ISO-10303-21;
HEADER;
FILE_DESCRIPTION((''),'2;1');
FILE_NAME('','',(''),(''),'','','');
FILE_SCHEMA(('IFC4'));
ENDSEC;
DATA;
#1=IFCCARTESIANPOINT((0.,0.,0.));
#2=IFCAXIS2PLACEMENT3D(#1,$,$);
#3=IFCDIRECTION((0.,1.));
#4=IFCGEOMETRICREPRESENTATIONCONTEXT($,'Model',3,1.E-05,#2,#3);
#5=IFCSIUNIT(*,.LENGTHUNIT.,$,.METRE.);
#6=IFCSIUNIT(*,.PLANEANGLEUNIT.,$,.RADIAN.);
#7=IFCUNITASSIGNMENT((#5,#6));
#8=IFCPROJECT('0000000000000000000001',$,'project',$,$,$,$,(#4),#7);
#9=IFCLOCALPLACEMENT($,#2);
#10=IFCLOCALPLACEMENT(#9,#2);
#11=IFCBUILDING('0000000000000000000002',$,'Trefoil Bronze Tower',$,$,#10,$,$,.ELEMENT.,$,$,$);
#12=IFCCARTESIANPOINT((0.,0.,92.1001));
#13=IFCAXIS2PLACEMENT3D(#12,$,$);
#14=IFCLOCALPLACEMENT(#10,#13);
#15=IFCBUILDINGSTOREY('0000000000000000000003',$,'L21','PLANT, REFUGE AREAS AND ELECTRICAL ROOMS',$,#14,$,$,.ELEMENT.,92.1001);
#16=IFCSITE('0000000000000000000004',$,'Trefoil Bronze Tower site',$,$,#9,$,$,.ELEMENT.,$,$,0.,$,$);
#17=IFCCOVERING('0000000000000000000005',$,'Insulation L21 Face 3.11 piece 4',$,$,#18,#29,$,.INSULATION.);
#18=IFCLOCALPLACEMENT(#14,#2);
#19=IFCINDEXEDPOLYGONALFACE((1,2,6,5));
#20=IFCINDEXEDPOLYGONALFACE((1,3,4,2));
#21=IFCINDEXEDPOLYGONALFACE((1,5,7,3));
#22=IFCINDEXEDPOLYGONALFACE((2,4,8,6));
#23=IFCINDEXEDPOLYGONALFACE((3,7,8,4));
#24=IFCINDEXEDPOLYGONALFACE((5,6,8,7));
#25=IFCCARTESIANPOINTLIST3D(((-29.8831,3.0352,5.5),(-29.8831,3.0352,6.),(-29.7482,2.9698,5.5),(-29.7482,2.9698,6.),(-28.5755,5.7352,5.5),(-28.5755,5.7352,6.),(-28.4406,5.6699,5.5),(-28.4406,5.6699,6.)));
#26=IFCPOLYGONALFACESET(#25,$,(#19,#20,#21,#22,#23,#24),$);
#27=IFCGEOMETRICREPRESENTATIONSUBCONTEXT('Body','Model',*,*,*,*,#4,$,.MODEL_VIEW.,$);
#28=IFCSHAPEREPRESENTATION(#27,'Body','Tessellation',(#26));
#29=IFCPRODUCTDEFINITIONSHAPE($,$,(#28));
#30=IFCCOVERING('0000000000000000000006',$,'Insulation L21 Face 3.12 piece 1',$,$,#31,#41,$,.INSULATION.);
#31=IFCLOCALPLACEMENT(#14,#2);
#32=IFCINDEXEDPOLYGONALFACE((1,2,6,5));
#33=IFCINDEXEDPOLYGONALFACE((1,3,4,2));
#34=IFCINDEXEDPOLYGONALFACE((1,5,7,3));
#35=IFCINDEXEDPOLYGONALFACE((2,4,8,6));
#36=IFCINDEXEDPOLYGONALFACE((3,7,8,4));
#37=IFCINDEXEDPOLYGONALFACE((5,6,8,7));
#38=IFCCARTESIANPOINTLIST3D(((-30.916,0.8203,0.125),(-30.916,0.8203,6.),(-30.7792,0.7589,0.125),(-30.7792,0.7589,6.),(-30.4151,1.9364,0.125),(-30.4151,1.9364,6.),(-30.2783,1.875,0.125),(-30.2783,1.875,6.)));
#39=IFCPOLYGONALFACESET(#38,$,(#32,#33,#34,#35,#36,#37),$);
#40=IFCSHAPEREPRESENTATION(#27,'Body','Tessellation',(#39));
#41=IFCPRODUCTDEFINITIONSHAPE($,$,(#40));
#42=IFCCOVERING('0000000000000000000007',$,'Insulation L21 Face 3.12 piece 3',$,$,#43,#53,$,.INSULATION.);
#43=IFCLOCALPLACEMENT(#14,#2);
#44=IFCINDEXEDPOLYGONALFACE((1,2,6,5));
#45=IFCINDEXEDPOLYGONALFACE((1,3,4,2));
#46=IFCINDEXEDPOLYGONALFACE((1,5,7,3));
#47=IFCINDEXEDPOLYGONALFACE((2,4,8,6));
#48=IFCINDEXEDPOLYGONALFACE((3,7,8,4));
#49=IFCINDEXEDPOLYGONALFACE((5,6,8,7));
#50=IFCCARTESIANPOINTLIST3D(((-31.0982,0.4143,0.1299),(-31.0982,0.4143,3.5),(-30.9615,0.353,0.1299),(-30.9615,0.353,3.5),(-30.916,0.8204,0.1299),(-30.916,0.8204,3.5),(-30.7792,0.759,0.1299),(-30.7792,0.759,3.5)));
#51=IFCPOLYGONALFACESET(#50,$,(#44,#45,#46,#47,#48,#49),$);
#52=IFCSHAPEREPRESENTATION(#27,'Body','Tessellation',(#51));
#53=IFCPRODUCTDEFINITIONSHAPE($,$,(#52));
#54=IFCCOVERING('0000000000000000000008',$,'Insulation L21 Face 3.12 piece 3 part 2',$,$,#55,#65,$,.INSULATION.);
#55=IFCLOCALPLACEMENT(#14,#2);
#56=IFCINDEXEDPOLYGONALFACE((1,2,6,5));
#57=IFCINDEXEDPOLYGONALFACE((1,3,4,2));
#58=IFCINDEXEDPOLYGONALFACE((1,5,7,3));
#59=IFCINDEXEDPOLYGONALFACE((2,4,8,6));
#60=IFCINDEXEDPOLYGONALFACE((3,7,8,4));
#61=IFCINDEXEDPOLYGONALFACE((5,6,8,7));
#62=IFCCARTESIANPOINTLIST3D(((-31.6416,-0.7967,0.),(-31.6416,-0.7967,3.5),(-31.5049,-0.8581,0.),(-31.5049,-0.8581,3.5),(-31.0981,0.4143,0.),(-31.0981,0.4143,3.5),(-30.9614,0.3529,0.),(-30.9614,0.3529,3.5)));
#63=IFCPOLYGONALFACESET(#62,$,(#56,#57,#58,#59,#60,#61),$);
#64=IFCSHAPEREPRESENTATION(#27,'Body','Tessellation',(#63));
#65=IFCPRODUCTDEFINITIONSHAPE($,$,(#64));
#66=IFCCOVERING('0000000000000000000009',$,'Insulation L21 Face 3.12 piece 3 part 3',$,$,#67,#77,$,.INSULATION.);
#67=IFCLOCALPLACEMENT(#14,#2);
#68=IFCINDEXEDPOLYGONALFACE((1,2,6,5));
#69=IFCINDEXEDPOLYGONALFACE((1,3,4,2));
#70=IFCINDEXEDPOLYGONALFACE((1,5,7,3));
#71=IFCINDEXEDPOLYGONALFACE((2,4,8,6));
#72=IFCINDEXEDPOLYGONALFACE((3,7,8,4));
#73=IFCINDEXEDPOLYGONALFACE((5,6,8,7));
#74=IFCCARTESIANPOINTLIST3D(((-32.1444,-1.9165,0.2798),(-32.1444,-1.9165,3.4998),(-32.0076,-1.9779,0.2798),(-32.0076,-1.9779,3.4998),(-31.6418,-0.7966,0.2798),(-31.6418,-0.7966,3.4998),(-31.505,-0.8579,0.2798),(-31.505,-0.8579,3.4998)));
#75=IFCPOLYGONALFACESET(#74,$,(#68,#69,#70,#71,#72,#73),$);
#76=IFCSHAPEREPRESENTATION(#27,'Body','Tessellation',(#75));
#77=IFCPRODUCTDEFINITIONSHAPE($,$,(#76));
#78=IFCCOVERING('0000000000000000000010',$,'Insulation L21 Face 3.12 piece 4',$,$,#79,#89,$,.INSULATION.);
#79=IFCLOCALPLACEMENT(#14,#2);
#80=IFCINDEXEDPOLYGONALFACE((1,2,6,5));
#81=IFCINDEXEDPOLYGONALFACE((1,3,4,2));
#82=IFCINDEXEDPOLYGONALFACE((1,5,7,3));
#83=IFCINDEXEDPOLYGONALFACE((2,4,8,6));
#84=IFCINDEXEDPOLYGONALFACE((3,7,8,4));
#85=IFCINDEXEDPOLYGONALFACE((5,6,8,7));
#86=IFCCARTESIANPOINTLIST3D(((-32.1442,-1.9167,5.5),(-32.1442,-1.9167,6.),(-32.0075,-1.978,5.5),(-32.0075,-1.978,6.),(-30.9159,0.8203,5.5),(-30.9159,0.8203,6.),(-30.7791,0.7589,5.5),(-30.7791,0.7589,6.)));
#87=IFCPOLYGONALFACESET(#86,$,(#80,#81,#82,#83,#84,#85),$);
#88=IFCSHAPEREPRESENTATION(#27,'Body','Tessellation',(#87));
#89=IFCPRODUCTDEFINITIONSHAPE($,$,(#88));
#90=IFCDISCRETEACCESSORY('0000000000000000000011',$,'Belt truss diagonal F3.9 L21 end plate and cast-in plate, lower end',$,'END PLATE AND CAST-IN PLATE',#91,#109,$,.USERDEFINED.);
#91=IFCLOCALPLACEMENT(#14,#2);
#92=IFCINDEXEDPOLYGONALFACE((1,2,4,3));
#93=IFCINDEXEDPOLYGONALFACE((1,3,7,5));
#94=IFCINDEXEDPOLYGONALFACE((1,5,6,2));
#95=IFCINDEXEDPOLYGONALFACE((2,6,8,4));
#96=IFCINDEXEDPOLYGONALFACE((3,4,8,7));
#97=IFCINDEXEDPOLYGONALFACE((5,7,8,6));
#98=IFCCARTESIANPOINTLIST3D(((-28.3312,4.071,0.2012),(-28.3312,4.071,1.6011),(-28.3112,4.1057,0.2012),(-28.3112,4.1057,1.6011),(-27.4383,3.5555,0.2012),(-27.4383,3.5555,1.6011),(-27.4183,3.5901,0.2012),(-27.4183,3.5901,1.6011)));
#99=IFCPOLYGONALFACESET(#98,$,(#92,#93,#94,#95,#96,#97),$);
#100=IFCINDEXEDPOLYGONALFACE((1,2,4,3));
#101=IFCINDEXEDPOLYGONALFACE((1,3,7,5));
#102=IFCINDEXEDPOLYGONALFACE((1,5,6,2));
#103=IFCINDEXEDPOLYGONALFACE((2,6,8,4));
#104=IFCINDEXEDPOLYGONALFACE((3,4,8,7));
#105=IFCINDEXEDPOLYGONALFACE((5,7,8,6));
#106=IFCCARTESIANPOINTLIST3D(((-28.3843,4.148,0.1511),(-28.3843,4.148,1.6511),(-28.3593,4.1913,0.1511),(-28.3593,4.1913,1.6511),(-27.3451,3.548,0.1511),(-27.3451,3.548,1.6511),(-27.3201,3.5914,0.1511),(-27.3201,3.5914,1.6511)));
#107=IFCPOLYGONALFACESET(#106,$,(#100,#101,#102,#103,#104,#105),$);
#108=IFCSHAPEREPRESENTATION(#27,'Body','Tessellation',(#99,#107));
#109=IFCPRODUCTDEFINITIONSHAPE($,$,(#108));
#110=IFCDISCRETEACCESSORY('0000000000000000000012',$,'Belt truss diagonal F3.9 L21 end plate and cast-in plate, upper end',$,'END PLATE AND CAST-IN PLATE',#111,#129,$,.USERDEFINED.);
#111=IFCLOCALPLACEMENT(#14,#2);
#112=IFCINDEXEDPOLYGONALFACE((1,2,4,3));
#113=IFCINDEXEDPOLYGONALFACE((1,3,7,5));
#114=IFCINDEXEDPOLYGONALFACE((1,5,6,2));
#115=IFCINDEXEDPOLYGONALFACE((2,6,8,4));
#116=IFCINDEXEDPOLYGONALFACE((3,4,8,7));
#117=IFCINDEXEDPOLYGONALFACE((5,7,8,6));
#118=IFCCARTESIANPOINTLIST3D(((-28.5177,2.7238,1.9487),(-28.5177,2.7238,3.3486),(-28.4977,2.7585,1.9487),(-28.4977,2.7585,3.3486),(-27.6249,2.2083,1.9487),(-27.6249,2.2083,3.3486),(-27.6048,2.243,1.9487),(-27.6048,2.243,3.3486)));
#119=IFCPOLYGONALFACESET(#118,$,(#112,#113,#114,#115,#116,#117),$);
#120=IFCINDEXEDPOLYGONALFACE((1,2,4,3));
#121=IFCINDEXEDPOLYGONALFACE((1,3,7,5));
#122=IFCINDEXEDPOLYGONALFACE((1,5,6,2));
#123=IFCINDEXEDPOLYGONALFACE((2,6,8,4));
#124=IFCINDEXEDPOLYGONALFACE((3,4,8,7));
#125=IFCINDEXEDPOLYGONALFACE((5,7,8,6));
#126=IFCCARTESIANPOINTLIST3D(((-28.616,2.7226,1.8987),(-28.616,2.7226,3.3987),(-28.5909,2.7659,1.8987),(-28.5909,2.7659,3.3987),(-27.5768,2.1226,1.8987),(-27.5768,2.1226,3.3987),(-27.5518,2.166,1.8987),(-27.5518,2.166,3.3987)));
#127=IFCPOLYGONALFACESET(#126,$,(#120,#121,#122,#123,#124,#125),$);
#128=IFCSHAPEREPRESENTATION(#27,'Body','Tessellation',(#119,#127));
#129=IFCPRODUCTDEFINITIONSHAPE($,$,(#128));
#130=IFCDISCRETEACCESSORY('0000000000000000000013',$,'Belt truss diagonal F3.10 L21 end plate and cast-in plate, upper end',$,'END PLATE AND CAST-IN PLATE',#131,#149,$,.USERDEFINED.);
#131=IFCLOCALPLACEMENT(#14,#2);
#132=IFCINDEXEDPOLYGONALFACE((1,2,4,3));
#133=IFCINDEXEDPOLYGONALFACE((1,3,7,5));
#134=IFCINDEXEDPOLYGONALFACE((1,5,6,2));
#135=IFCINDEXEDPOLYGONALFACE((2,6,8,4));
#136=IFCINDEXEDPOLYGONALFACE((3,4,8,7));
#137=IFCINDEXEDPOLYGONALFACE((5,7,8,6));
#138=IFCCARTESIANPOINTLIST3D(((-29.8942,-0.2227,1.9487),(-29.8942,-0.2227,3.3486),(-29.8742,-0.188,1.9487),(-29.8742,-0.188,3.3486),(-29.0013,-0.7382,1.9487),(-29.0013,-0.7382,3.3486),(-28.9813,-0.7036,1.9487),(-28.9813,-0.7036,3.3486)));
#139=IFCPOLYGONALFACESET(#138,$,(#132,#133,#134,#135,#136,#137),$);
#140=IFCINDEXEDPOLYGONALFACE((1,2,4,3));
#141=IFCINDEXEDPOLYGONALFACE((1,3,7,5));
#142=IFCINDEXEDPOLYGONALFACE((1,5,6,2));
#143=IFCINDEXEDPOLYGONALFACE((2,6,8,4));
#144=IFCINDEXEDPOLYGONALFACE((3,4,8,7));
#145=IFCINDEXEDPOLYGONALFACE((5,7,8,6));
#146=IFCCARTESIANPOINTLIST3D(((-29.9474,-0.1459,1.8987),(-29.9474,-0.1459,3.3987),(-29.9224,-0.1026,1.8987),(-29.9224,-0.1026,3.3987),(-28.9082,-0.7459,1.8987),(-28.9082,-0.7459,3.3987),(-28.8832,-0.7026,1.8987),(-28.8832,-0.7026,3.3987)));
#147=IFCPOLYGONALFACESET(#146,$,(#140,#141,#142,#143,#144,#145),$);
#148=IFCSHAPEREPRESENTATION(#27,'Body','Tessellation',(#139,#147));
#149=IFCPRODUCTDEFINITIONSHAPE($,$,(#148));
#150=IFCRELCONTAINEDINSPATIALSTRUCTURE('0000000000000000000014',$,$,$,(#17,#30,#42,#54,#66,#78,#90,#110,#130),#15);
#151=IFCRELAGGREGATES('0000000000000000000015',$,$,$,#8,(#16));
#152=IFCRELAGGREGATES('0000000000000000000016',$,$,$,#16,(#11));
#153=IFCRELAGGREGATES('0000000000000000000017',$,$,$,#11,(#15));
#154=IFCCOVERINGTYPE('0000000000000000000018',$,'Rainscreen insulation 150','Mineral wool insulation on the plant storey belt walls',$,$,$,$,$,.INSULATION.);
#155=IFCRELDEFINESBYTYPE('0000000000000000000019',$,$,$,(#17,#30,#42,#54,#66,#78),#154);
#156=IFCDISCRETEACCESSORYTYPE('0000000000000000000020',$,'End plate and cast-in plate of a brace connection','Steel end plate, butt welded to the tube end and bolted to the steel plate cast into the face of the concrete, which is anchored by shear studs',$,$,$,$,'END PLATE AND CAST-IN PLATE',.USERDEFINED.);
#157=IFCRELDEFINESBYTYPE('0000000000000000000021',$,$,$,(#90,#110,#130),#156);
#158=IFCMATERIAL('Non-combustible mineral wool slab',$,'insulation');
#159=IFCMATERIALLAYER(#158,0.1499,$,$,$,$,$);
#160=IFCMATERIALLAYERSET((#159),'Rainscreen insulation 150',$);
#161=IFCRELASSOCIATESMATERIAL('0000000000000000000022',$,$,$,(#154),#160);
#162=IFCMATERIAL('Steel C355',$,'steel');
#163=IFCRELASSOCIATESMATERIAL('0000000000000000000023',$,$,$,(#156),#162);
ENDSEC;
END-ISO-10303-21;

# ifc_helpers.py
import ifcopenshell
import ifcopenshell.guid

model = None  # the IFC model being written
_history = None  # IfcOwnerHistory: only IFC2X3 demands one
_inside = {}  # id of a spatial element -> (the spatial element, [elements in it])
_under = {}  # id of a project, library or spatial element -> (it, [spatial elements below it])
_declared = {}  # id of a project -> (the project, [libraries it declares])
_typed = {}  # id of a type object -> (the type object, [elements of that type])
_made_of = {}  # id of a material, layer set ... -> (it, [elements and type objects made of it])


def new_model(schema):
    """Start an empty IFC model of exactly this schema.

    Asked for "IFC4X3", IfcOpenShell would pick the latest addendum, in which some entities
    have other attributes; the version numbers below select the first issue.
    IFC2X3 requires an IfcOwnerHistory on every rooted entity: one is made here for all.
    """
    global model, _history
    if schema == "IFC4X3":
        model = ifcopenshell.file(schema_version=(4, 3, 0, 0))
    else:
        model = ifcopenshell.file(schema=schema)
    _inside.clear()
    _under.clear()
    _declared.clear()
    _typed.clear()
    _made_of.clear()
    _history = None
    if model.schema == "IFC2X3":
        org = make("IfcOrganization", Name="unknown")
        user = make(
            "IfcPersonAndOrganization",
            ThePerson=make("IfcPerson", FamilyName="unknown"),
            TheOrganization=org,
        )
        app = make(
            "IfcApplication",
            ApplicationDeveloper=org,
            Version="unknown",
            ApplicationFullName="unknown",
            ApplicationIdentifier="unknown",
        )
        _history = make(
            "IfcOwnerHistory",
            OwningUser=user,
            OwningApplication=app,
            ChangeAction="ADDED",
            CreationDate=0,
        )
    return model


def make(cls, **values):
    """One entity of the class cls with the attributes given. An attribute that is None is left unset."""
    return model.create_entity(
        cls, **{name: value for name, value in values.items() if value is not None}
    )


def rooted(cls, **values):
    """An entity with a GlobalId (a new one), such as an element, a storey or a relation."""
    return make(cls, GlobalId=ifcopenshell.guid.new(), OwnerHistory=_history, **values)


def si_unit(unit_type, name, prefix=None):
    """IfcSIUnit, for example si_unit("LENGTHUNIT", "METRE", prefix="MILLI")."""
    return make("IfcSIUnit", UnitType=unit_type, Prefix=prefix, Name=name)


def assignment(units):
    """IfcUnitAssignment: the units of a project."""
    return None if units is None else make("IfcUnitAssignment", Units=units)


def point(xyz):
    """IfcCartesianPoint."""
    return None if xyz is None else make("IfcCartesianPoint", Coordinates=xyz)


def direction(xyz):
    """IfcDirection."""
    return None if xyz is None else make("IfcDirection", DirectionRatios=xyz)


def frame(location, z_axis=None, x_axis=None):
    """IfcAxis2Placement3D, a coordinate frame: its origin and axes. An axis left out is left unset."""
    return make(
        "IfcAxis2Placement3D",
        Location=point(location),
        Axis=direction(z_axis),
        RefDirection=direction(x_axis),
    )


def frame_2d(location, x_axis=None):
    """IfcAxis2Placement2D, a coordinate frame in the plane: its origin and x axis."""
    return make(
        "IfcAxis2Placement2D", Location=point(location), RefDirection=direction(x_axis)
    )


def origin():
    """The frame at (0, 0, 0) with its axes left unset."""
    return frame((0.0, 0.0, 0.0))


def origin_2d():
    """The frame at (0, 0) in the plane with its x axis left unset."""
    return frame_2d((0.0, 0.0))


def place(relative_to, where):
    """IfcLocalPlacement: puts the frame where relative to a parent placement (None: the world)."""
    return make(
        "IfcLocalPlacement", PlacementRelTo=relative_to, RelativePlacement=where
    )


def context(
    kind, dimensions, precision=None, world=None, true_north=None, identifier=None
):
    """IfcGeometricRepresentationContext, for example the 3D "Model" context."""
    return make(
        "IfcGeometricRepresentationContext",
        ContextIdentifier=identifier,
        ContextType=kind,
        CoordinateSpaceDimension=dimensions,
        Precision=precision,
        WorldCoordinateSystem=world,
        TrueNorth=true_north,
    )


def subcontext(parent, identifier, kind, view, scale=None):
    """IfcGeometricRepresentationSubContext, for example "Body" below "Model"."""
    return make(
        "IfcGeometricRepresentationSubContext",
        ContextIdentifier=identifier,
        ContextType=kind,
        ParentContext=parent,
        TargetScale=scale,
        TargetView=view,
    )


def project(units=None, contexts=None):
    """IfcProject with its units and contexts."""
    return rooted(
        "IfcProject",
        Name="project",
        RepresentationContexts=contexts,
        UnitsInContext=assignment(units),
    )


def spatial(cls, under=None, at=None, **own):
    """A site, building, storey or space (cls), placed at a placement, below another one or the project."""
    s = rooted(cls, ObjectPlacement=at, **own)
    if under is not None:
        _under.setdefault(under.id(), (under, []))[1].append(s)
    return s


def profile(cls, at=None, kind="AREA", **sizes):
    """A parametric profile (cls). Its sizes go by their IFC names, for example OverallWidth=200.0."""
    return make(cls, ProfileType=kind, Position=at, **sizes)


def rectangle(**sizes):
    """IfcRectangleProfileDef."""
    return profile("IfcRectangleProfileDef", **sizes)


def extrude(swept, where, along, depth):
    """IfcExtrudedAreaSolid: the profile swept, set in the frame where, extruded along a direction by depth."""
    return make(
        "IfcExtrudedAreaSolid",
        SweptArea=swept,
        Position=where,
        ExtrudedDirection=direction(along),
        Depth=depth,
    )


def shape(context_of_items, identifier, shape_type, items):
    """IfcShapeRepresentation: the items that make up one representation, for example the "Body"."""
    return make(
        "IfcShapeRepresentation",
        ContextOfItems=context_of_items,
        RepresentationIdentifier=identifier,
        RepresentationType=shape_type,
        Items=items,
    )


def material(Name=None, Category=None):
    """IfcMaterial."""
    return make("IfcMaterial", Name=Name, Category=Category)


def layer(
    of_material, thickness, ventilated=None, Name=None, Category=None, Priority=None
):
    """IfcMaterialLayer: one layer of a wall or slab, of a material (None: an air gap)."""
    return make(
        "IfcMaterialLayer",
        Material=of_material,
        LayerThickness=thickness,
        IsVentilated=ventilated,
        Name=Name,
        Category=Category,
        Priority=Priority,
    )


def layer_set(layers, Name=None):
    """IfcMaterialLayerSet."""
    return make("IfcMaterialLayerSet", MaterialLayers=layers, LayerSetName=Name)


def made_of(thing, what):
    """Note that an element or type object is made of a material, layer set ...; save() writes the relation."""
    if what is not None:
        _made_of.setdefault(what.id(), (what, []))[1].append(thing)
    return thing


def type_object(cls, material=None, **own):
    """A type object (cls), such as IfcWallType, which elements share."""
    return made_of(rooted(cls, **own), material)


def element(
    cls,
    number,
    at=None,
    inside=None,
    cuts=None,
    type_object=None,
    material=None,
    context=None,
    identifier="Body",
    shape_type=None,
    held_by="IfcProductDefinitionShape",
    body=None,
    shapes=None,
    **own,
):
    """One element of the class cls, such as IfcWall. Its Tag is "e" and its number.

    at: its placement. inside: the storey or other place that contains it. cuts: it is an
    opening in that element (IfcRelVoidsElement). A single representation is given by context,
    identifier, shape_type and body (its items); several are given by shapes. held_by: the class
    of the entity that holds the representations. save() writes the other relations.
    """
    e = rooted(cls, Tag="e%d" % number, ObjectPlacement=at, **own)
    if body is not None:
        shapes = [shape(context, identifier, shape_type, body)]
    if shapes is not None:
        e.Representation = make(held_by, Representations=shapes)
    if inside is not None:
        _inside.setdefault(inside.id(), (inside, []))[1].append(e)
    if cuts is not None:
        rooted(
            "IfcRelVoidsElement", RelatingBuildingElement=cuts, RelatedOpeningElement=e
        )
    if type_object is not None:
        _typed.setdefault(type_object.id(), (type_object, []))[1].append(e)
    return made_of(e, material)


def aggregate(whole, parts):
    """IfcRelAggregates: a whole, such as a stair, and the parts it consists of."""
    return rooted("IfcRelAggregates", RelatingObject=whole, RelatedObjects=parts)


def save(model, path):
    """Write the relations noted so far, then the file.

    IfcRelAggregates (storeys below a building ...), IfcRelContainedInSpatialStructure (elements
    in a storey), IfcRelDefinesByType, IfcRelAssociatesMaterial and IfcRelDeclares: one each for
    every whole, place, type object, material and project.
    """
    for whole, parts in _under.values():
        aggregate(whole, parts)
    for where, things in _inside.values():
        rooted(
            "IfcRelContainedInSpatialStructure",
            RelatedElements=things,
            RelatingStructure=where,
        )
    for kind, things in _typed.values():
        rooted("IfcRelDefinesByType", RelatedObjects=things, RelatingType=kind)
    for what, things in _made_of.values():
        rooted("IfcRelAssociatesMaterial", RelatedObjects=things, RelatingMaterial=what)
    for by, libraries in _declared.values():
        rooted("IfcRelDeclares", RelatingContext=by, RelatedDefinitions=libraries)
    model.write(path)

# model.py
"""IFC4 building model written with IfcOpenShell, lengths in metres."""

from ifc_helpers import new_model, si_unit, direction, frame, origin, origin_2d, place, context, subcontext, project, spatial, rectangle, extrude, material, layer, layer_set, type_object, element, save


model = new_model("IFC4")

# Units and contexts
model_context = context("Model", 3, precision=1e-05, world=origin(), true_north=direction((0.0, 1.0)))
body_context = subcontext(model_context, "Body", "Model", "MODEL_VIEW")
ifc_project = project(units=[si_unit("LENGTHUNIT", "METRE"), si_unit("PLANEANGLEUNIT", "RADIAN")], contexts=[model_context])

# Site, building, storey
site_placement = place(None, origin())
site = spatial("IfcSite", under=ifc_project, at=site_placement, Name="Trefoil Bronze Tower site", CompositionType="ELEMENT", RefElevation=0.0)
building_placement = place(site_placement, origin())
building = spatial("IfcBuilding", under=site, at=building_placement, Name="Trefoil Bronze Tower", CompositionType="ELEMENT")
storey_placement = place(building_placement, frame((0.0, 0.0, 92.1001)))
storey = spatial("IfcBuildingStorey", under=building, at=storey_placement, Name="L21", Description="PLANT, REFUGE AREAS AND ELECTRICAL ROOMS", CompositionType="ELEMENT", Elevation=92.1001)

# Coverings
ifc_material_1 = material(Name="Non-combustible mineral wool slab", Category="insulation")
ifc_layer_1 = layer(ifc_material_1, 0.1499)
ifc_layer_set_1 = layer_set([ifc_layer_1], Name="Rainscreen insulation 150")
covering_type_1 = type_object("IfcCoveringType", Name="Rainscreen insulation 150", Description="Mineral wool insulation on the plant storey belt walls", PredefinedType="INSULATION", material=ifc_layer_set_1)
covering_1_placement = place(storey_placement, frame((-29.1619, 4.3525, 5.5), z_axis=(0.0, 0.0, 1.0), x_axis=(-0.435855, -0.900017, 0.0)))
element("IfcCovering", 1, at=covering_1_placement, inside=storey, type_object=covering_type_1, Name="Insulation L21 Face 3.11 piece 4", PredefinedType="INSULATION", context=body_context, shape_type="SweptSolid", body=[
    extrude(rectangle(XDim=3.0, YDim=0.1499, at=origin_2d()), origin(), (0.0, 0.0, 1.0), 0.5),
])
covering_2_placement = place(storey_placement, frame((-30.5972, 1.3477, 0.125), z_axis=(0.0, 0.0, 1.0), x_axis=(-0.409456, -0.91233, 0.0)))
element("IfcCovering", 2, at=covering_2_placement, inside=storey, type_object=covering_type_1, Name="Insulation L21 Face 3.12 piece 1", PredefinedType="INSULATION", context=body_context, shape_type="SweptSolid", body=[
    extrude(rectangle(XDim=1.2234, YDim=0.1499, at=origin_2d()), origin(), (0.0, 0.0, 1.0), 5.875),
])
covering_3_placement = place(storey_placement, frame((-30.9387, 0.5867, 0.1299), z_axis=(0.0, 0.0, 1.0), x_axis=(-0.409456, -0.91233, 0.0)))
element("IfcCovering", 3, at=covering_3_placement, inside=storey, type_object=covering_type_1, Name="Insulation L21 Face 3.12 piece 3", PredefinedType="INSULATION", context=body_context, shape_type="SweptSolid", body=[
    extrude(rectangle(XDim=0.4451, YDim=0.1499, at=origin_2d()), origin(), (0.0, 0.0, 1.0), 3.3701),
])
covering_4_placement = place(storey_placement, frame((-31.3015, -0.2219, 0.0), z_axis=(0.0, 0.0, 1.0), x_axis=(-0.409456, -0.91233, 0.0)))
element("IfcCovering", 4, at=covering_4_placement, inside=storey, type_object=covering_type_1, Name="Insulation L21 Face 3.12 piece 3 part 2", PredefinedType="INSULATION", context=body_context, shape_type="SweptSolid", body=[
    extrude(rectangle(XDim=1.3274, YDim=0.1499, at=origin_2d()), origin(), (0.0, 0.0, 1.0), 3.5),
])
covering_5_placement = place(storey_placement, frame((-31.8247, -1.3872, 0.2798), z_axis=(0.0, 0.0, 1.0), x_axis=(-0.409456, -0.91233, 0.0)))
element("IfcCovering", 5, at=covering_5_placement, inside=storey, type_object=covering_type_1, Name="Insulation L21 Face 3.12 piece 3 part 3", PredefinedType="INSULATION", context=body_context, shape_type="SweptSolid", body=[
    extrude(rectangle(XDim=1.2275, YDim=0.1499, at=origin_2d()), origin(), (0.0, 0.0, 1.0), 3.22),
])
covering_6_placement = place(storey_placement, frame((-31.4617, -0.5789, 5.5), z_axis=(0.0, 0.0, 1.0), x_axis=(-0.409456, -0.91233, 0.0)))
element("IfcCovering", 6, at=covering_6_placement, inside=storey, type_object=covering_type_1, Name="Insulation L21 Face 3.12 piece 4", PredefinedType="INSULATION", context=body_context, shape_type="SweptSolid", body=[
    extrude(rectangle(XDim=3.0, YDim=0.1499, at=origin_2d()), origin(), (0.0, 0.0, 1.0), 0.5),
])

# Discrete accessories
ifc_material_2 = material(Name="Steel C355", Category="steel")
discrete_accessory_type = type_object("IfcDiscreteAccessoryType", Name="End plate and cast-in plate of a brace connection", Description="Steel end plate, butt welded to the tube end and bolted to the steel plate cast into the face of the concrete, which is anchored by shear studs", ElementType="END PLATE AND CAST-IN PLATE", PredefinedType="USERDEFINED", material=ifc_material_2)
for number, where, z_axis, x_axis, name in (
    (7, (-27.8647, 3.8479, 0.9011), (0.0, 0.0, 1.0), (-0.5, -0.866025, 0.0), "Belt truss diagonal F3.9 L21 end plate and cast-in plate, lower end"),
    (8, (-28.0713, 2.4661, 2.6487), (0.0, 0.0, 1.0), (0.5, 0.866025, 0.0), "Belt truss diagonal F3.9 L21 end plate and cast-in plate, upper end"),
):
    element("IfcDiscreteAccessory", number, at=place(storey_placement, frame(where, z_axis=z_axis, x_axis=x_axis)), inside=storey, type_object=discrete_accessory_type, Name=name, ObjectType="END PLATE AND CAST-IN PLATE", PredefinedType="USERDEFINED", context=body_context, shape_type="SweptSolid", body=[
        extrude(rectangle(XDim=0.04, YDim=1.031, at=origin_2d()), frame((0.02, 0.0, -0.7)), (0.0, 0.0, 1.0), 1.3999),
        extrude(rectangle(XDim=0.05, YDim=1.2, at=origin_2d()), frame((-0.0251, 0.0, -0.75)), (0.0, 0.0, 1.0), 1.5),
    ])
discrete_accessory_placement = place(storey_placement, frame((-29.4277, -0.4458, 2.6487), z_axis=(0.0, 0.0, 1.0), x_axis=(-0.5, -0.866025, 0.0)))
element("IfcDiscreteAccessory", 9, at=discrete_accessory_placement, inside=storey, type_object=discrete_accessory_type, Name="Belt truss diagonal F3.10 L21 end plate and cast-in plate, upper end", ObjectType="END PLATE AND CAST-IN PLATE", PredefinedType="USERDEFINED", context=body_context, shape_type="SweptSolid", body=[
    extrude(rectangle(XDim=0.04, YDim=1.031, at=origin_2d()), frame((0.02, 0.0, -0.7)), (0.0, 0.0, 1.0), 1.3999),
    extrude(rectangle(XDim=0.05, YDim=1.2, at=origin_2d()), frame((-0.0249, 0.0, -0.75)), (0.0, 0.0, 1.0), 1.5),
])

save(model, "model.ifc")
